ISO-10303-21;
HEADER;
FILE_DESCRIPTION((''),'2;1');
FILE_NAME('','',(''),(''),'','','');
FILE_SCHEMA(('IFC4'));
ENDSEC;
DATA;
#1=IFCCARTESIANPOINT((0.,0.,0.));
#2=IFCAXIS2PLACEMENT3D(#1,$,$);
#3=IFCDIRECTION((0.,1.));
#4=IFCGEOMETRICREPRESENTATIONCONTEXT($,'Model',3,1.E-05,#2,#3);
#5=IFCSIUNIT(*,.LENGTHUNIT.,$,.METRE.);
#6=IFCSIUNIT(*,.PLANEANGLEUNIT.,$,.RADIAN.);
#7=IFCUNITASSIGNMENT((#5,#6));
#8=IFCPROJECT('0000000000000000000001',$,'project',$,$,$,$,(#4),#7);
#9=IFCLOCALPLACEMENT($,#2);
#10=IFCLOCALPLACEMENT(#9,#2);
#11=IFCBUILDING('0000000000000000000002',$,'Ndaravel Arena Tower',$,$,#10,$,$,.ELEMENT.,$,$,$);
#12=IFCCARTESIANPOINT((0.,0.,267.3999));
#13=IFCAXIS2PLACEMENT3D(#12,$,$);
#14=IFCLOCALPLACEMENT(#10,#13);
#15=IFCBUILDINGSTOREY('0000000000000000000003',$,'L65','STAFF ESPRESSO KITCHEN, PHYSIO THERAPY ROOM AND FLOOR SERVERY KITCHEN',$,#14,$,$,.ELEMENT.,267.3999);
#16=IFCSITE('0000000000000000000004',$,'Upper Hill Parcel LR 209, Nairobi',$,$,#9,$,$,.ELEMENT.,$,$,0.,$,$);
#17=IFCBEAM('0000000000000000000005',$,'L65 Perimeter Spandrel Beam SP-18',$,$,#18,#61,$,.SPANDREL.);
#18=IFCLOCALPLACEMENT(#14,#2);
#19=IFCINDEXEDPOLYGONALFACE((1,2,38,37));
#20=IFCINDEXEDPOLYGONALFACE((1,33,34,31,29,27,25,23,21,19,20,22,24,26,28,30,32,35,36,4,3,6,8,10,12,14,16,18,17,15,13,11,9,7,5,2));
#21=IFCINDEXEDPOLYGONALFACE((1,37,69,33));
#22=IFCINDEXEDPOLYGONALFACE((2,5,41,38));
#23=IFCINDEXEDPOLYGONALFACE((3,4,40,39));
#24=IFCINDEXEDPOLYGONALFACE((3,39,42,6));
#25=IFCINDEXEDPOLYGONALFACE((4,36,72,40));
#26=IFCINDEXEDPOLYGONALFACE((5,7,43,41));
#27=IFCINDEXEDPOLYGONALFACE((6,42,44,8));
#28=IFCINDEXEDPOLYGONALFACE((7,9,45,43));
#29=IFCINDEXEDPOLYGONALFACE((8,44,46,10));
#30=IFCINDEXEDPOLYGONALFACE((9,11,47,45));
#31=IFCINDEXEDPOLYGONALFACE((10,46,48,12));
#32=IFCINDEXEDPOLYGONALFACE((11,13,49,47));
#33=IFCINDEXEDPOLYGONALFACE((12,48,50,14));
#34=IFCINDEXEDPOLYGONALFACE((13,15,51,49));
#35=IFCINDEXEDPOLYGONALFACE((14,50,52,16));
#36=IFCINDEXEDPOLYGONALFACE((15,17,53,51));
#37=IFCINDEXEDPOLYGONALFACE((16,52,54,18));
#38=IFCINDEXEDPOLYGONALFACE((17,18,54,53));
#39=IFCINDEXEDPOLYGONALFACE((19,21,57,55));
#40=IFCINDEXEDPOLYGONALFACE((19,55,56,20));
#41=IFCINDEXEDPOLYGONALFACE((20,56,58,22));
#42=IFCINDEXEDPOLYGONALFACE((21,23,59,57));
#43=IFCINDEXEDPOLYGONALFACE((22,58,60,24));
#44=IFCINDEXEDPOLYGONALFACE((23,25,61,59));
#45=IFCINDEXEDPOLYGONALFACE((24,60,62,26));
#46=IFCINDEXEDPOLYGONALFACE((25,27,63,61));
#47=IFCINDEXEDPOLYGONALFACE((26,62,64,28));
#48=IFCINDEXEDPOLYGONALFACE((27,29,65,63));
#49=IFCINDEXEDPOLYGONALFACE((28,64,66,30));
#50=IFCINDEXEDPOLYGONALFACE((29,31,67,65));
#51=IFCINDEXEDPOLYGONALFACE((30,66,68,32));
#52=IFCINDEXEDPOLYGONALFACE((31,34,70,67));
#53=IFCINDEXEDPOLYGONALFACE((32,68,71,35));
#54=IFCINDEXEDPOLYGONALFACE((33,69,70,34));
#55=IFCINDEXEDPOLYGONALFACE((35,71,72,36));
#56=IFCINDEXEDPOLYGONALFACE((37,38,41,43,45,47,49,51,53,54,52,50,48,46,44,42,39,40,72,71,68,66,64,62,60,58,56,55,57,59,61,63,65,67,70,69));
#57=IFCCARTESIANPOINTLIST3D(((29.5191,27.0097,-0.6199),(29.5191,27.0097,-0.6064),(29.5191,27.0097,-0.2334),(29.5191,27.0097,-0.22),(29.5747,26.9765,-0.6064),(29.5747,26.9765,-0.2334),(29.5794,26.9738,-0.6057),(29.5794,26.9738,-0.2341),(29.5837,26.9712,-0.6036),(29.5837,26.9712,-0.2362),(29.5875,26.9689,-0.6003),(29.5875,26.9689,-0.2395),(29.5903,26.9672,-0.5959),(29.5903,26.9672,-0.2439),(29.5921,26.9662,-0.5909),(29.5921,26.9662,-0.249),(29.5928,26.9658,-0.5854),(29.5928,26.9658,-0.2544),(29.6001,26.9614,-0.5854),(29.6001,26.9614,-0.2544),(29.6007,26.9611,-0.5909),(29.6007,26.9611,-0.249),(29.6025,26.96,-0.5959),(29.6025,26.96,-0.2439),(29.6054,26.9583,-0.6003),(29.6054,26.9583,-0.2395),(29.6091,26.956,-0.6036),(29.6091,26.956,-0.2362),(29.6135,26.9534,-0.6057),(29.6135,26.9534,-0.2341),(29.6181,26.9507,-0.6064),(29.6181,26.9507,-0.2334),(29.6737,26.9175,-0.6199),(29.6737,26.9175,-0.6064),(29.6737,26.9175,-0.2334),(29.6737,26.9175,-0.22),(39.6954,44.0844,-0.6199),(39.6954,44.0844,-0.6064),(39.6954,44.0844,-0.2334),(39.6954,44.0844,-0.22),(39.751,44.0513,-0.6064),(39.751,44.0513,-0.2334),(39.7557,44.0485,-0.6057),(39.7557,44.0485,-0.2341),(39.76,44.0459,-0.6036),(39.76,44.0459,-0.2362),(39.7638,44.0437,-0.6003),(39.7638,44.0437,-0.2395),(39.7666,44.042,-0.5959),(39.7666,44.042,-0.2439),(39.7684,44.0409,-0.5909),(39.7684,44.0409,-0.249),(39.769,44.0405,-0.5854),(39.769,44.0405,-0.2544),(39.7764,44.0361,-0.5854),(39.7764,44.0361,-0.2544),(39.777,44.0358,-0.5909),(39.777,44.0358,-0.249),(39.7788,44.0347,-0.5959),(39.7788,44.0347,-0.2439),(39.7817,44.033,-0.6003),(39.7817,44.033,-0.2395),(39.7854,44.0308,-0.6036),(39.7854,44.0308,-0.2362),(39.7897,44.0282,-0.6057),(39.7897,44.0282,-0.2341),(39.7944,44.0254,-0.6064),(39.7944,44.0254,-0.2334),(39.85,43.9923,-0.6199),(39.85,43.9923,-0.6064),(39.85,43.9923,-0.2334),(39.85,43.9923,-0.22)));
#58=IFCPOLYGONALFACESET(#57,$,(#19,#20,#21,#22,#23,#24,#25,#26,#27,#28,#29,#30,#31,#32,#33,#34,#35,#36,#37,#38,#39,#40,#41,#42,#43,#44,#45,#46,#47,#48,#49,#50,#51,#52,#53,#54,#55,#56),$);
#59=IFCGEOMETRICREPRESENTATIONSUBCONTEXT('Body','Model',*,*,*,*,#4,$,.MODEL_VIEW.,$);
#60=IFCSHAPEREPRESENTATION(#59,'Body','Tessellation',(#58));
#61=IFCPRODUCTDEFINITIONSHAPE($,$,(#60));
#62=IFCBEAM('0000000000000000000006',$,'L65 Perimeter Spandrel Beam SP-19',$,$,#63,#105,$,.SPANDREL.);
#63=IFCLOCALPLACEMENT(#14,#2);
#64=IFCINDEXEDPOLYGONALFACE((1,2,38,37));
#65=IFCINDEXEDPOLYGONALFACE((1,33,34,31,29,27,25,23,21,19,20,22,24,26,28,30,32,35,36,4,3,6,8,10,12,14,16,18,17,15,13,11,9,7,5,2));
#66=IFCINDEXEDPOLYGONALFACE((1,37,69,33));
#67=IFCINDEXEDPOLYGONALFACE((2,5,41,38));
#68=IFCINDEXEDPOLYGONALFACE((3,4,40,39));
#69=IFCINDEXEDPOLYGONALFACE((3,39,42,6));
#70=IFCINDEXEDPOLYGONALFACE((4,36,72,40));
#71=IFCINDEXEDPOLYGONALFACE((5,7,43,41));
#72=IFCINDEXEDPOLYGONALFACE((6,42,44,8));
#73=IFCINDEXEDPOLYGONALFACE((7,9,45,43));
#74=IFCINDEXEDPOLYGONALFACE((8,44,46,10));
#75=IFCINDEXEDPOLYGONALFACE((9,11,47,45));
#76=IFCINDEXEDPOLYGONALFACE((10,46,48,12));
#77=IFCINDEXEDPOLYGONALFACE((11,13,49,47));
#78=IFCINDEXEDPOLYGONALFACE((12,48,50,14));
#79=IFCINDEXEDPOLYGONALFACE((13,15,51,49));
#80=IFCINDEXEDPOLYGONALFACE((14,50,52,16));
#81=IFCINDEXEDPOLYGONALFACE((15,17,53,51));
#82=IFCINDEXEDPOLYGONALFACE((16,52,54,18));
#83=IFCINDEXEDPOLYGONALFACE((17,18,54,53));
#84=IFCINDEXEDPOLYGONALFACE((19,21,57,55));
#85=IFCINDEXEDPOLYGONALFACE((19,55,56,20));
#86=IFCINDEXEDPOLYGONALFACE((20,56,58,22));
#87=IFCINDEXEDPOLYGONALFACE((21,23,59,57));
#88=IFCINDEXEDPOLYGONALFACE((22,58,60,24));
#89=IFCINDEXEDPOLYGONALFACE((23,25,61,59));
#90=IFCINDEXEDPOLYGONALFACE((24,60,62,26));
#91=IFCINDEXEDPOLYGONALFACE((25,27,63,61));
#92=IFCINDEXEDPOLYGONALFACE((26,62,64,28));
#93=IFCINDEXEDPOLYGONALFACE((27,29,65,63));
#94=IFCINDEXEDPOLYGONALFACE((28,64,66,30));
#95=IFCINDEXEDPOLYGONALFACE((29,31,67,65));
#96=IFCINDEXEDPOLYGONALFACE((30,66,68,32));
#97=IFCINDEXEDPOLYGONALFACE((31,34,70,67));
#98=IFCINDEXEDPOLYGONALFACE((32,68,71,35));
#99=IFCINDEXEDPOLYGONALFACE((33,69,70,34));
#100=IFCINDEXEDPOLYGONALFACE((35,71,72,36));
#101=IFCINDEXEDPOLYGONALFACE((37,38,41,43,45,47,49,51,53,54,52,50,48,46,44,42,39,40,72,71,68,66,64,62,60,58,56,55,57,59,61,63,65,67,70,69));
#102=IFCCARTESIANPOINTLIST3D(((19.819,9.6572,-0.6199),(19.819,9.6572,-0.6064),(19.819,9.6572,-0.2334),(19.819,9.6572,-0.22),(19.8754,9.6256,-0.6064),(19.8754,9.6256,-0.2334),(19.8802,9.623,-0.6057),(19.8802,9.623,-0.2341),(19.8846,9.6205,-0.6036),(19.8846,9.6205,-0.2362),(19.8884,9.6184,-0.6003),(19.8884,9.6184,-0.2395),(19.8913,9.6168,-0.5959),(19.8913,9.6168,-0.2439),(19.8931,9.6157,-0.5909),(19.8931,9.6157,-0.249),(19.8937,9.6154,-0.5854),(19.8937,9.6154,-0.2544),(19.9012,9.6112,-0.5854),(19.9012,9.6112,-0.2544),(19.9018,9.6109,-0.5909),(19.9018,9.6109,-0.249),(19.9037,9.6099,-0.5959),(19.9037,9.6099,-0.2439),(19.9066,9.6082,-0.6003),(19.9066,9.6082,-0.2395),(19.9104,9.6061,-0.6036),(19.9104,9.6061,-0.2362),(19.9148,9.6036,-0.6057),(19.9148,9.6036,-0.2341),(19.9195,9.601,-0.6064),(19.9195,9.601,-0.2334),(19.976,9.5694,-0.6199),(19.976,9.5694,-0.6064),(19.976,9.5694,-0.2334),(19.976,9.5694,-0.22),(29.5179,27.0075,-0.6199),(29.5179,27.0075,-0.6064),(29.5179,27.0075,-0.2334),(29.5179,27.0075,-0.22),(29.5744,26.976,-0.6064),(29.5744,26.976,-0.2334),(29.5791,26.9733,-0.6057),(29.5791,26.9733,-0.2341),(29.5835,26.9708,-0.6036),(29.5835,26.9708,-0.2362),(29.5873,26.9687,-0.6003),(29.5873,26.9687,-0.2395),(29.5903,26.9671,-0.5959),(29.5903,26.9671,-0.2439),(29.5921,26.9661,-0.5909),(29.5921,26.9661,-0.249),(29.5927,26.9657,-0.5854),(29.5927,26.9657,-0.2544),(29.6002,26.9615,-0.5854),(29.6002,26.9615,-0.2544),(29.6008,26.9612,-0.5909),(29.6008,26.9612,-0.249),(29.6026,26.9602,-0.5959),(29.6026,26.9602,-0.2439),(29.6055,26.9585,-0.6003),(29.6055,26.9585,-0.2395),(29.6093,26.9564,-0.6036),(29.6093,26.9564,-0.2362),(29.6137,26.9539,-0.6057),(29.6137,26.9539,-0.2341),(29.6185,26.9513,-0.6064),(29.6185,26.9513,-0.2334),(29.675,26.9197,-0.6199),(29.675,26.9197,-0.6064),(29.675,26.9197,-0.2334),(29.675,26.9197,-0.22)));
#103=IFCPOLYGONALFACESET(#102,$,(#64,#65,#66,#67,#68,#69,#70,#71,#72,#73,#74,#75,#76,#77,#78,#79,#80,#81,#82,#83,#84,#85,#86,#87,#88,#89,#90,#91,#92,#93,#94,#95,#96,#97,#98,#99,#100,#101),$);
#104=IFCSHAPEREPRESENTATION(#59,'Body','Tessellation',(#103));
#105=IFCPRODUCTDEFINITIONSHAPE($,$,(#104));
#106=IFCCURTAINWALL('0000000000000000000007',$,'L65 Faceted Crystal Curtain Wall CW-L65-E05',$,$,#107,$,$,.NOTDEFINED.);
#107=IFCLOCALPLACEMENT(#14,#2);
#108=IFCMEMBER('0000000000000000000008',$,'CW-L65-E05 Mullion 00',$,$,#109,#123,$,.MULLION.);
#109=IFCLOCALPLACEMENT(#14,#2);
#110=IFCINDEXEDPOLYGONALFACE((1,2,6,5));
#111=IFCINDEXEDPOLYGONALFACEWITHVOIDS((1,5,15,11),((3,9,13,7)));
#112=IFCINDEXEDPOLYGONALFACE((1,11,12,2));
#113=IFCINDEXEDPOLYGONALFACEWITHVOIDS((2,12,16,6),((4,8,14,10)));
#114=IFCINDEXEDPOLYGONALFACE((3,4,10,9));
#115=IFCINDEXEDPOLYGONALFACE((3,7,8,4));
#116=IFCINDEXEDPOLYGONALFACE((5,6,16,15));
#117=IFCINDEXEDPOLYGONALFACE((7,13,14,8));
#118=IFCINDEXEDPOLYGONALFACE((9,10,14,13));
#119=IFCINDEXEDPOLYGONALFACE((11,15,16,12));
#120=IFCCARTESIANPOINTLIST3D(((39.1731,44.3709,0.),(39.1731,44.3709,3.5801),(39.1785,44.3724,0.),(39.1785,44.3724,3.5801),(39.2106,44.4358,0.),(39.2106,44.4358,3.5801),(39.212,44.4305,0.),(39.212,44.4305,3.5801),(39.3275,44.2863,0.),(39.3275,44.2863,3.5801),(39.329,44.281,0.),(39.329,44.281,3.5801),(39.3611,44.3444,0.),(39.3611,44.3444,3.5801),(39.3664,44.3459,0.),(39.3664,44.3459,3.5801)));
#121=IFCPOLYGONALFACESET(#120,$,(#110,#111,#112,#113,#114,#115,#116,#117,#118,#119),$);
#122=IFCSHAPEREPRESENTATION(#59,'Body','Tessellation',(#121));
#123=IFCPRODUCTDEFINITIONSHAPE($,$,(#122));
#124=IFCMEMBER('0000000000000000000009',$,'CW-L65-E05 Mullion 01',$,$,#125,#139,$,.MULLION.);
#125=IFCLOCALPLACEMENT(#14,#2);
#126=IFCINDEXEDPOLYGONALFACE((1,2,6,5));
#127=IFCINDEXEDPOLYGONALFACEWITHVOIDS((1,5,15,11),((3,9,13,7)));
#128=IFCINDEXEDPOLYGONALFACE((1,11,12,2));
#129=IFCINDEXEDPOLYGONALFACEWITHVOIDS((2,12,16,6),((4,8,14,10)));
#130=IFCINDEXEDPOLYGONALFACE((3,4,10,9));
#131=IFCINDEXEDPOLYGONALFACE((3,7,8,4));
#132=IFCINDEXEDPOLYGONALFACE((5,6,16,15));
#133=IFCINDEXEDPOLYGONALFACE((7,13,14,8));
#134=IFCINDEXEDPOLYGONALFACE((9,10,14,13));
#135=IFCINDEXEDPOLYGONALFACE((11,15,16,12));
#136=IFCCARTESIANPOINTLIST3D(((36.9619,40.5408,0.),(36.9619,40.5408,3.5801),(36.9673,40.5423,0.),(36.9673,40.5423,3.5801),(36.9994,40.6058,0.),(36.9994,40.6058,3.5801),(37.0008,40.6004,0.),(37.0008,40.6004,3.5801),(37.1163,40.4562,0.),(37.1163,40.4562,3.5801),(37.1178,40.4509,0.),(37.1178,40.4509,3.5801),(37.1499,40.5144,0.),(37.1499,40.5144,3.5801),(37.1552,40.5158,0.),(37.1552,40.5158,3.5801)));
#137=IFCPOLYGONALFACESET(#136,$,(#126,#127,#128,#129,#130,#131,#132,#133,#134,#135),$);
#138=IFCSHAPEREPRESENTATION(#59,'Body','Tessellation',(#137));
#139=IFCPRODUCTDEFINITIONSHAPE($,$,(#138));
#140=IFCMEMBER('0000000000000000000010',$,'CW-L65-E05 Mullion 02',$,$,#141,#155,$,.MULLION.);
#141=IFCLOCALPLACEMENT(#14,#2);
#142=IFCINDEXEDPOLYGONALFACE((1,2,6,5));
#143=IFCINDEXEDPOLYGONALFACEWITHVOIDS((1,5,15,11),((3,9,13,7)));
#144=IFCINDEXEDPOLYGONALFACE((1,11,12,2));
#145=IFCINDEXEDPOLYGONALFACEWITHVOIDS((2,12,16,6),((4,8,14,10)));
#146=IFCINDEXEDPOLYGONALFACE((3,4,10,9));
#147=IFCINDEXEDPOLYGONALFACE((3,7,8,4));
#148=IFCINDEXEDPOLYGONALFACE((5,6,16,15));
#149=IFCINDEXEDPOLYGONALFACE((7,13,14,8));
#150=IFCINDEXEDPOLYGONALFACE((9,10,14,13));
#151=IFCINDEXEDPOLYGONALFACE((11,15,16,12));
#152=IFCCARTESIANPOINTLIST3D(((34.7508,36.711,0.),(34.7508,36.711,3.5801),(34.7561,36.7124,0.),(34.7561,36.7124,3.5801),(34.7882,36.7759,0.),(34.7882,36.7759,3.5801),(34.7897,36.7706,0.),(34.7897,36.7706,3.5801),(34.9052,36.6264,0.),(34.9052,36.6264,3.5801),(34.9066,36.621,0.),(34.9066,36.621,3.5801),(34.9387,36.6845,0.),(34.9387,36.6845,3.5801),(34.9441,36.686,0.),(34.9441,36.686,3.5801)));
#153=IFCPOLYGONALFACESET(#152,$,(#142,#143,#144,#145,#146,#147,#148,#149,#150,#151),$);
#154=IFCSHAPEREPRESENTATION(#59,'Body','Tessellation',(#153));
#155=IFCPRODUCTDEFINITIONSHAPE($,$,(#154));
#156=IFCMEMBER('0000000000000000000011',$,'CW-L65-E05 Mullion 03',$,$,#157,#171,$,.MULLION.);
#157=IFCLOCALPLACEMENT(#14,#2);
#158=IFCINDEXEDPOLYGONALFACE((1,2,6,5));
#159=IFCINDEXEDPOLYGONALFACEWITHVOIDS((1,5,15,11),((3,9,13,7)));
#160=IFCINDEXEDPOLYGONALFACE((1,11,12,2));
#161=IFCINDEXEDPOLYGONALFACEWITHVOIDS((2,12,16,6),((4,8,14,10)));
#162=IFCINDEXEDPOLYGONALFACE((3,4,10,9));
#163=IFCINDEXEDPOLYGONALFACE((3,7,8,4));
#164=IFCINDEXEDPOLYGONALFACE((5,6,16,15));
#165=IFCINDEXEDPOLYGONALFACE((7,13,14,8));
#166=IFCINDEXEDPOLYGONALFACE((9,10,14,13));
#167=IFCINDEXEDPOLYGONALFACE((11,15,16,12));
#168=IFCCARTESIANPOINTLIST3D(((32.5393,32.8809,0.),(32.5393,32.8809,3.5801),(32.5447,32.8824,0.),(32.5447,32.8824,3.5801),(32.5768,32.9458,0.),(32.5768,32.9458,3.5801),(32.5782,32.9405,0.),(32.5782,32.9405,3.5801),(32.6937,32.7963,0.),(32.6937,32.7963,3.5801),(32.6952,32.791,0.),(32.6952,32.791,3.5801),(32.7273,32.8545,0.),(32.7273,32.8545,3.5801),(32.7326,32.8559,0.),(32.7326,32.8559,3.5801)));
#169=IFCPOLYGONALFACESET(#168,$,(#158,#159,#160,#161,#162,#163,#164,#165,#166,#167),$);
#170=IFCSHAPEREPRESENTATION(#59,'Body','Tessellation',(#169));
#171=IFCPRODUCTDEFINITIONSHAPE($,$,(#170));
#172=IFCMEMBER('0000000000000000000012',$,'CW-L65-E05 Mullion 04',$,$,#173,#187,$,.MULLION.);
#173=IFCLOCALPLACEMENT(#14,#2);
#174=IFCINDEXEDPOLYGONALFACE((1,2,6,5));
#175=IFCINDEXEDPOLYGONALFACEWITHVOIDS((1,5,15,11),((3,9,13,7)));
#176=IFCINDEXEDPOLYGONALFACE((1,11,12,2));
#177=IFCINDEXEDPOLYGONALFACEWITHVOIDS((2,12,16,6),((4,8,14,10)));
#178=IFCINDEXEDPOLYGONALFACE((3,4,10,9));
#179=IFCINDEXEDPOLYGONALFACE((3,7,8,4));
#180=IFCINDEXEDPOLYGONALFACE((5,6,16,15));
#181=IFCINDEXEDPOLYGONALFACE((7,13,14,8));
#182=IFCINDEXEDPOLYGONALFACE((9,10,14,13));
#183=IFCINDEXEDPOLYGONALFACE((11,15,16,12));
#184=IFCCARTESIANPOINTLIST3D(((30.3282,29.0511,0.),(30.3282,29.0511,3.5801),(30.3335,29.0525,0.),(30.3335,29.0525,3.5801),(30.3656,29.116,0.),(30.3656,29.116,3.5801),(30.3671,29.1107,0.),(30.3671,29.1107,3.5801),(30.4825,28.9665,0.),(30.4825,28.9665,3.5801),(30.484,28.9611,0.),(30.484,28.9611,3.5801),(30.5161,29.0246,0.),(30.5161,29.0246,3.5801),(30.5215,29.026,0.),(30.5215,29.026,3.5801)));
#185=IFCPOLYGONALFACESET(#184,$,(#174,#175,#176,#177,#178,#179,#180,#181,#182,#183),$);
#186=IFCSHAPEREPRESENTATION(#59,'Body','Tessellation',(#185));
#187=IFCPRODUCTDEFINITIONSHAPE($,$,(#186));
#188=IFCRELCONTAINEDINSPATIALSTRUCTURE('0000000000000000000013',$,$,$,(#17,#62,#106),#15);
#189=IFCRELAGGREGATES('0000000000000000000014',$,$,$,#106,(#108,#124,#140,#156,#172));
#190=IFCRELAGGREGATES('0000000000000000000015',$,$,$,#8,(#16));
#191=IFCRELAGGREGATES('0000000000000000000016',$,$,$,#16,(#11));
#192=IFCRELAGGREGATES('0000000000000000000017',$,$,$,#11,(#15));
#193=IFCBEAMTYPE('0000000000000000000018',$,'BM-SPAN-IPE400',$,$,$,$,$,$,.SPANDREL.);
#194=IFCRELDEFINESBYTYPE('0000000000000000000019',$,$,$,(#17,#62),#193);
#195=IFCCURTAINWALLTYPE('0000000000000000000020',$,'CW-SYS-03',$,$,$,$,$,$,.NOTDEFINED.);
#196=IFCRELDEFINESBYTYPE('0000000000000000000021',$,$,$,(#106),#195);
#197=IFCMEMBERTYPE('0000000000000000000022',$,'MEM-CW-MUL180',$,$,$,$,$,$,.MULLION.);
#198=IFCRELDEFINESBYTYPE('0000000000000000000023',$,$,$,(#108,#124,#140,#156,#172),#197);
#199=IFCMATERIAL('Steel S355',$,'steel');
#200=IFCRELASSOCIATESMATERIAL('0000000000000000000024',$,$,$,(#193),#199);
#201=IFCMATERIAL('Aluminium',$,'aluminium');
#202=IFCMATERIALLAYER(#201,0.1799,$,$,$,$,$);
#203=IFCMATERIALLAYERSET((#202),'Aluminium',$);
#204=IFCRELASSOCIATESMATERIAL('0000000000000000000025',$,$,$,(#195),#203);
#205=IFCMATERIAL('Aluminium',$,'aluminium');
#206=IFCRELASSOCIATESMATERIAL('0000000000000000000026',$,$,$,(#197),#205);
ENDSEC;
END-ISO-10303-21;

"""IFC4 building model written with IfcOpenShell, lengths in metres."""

from ifc_helpers import new_model, si_unit, direction, frame, origin, origin_2d, place, context, subcontext, project, spatial, hollow_rectangle, i_section, extrude, material, layer, layer_set, material_profile, profile_set, type_object, element, aggregate, save


model = new_model("IFC4")

# Units and contexts
model_context = context("Model", 3, precision=1e-05, world=origin(), true_north=direction((0.0, 1.0)))
body_context = subcontext(model_context, "Body", "Model", "MODEL_VIEW")
ifc_project = project(units=[si_unit("LENGTHUNIT", "METRE"), si_unit("PLANEANGLEUNIT", "RADIAN")], contexts=[model_context])

# Site, building, storey
site_placement = place(None, origin())
site = spatial("IfcSite", under=ifc_project, at=site_placement, Name="Upper Hill Parcel LR 209, Nairobi", CompositionType="ELEMENT", RefElevation=0.0)
building_placement = place(site_placement, origin())
building = spatial("IfcBuilding", under=site, at=building_placement, Name="Ndaravel Arena Tower", CompositionType="ELEMENT")
storey_placement = place(building_placement, frame((0.0, 0.0, 267.3999)))
storey = spatial("IfcBuildingStorey", under=building, at=storey_placement, Name="L65", Description="STAFF ESPRESSO KITCHEN, PHYSIO THERAPY ROOM AND FLOOR SERVERY KITCHEN", CompositionType="ELEMENT", Elevation=267.3999)

# Beams
ifc_material_1 = material(Name="Steel S355", Category="steel")
ifc_material_profile_1 = material_profile(ifc_material_1, i_section(OverallWidth=0.1799, OverallDepth=0.3999, WebThickness=0.0085, FlangeThickness=0.0134, FilletRadius=0.021, at=origin_2d()), Name="IPE 400")
ifc_profile_set_1 = profile_set([ifc_material_profile_1], Name="Steel S355")
beam_type_1 = type_object("IfcBeamType", Name="BM-SPAN-IPE400", PredefinedType="SPANDREL", material=ifc_profile_set_1)
for number, where, z_axis, x_axis, name in (
    (1, (39.7727, 44.0383, -0.4199), (-0.511958, -0.859011, 0.0), (0.859011, -0.511958, 0.0), "L65 Perimeter Spandrel Beam SP-18"),
    (2, (29.5964, 26.9636, -0.4199), (-0.487944, -0.872875, 0.0), (0.872875, -0.487944, 0.0), "L65 Perimeter Spandrel Beam SP-19"),
):
    element("IfcBeam", number, at=place(storey_placement, frame(where, z_axis=z_axis, x_axis=x_axis)), inside=storey, type_object=beam_type_1, Name=name, PredefinedType="SPANDREL", context=body_context, shape_type="SweptSolid", body=[
        extrude(i_section(OverallWidth=0.1799, OverallDepth=0.3999, WebThickness=0.0085, FlangeThickness=0.0134, FilletRadius=0.021, at=origin_2d()), origin(), (0.0, 0.0, 1.0), 19.8772),
    ])

# Curtain wall, members
ifc_material_2 = material(Name="Aluminium", Category="aluminium")
ifc_layer_1 = layer(ifc_material_2, 0.1799)
ifc_layer_set_1 = layer_set([ifc_layer_1], Name="Aluminium")
curtain_wall_type_1 = type_object("IfcCurtainWallType", Name="CW-SYS-03", PredefinedType="NOTDEFINED", material=ifc_layer_set_1)
curtain_wall_1_placement = place(storey_placement, origin())
curtain_wall_1 = element("IfcCurtainWall", 3, at=curtain_wall_1_placement, inside=storey, type_object=curtain_wall_type_1, Name="L65 Faceted Crystal Curtain Wall CW-L65-E05", PredefinedType="NOTDEFINED")
ifc_material_3 = material(Name="Aluminium", Category="aluminium")
ifc_material_profile_2 = material_profile(ifc_material_3, hollow_rectangle(XDim=0.075, YDim=0.1799, WallThickness=0.0039, at=origin_2d()), Name="CW MULLION 75x180x4")
ifc_profile_set_2 = profile_set([ifc_material_profile_2], Name="Aluminium")
member_type_1 = type_object("IfcMemberType", Name="MEM-CW-MUL180", PredefinedType="MULLION", material=ifc_profile_set_2)
member_1_placement = place(storey_placement, frame((39.2698, 44.3584, 0.0), z_axis=(0.0, 0.0, 1.0), x_axis=(-0.5, -0.866025, 0.0)))
member_1 = element("IfcMember", 4, at=member_1_placement, type_object=member_type_1, Name="CW-L65-E05 Mullion 00", PredefinedType="MULLION", context=body_context, shape_type="SweptSolid", body=[
    extrude(hollow_rectangle(XDim=0.075, YDim=0.1799, WallThickness=0.0039, at=origin_2d()), origin(), (0.0, 0.0, 1.0), 3.5801),
])
member_2_placement = place(storey_placement, frame((37.0586, 40.5283, 0.0), z_axis=(0.0, 0.0, 1.0), x_axis=(-0.5, -0.866025, 0.0)))
member_2 = element("IfcMember", 5, at=member_2_placement, type_object=member_type_1, Name="CW-L65-E05 Mullion 01", PredefinedType="MULLION", context=body_context, shape_type="SweptSolid", body=[
    extrude(hollow_rectangle(XDim=0.075, YDim=0.1799, WallThickness=0.0039, at=origin_2d()), origin(), (0.0, 0.0, 1.0), 3.5801),
])
member_3_placement = place(storey_placement, frame((34.8474, 36.6985, 0.0), z_axis=(0.0, 0.0, 1.0), x_axis=(-0.5, -0.866025, 0.0)))
member_3 = element("IfcMember", 6, at=member_3_placement, type_object=member_type_1, Name="CW-L65-E05 Mullion 02", PredefinedType="MULLION", context=body_context, shape_type="SweptSolid", body=[
    extrude(hollow_rectangle(XDim=0.075, YDim=0.1799, WallThickness=0.0039, at=origin_2d()), origin(), (0.0, 0.0, 1.0), 3.5801),
])
member_4_placement = place(storey_placement, frame((32.636, 32.8684, 0.0), z_axis=(0.0, 0.0, 1.0), x_axis=(-0.5, -0.866025, 0.0)))
member_4 = element("IfcMember", 7, at=member_4_placement, type_object=member_type_1, Name="CW-L65-E05 Mullion 03", PredefinedType="MULLION", context=body_context, shape_type="SweptSolid", body=[
    extrude(hollow_rectangle(XDim=0.075, YDim=0.1799, WallThickness=0.0039, at=origin_2d()), origin(), (0.0, 0.0, 1.0), 3.5801),
])
member_5_placement = place(storey_placement, frame((30.4248, 29.0386, 0.0), z_axis=(0.0, 0.0, 1.0), x_axis=(-0.5, -0.866025, 0.0)))
member_5 = element("IfcMember", 8, at=member_5_placement, type_object=member_type_1, Name="CW-L65-E05 Mullion 04", PredefinedType="MULLION", context=body_context, shape_type="SweptSolid", body=[
    extrude(hollow_rectangle(XDim=0.075, YDim=0.1799, WallThickness=0.0039, at=origin_2d()), origin(), (0.0, 0.0, 1.0), 3.5801),
])

aggregate(curtain_wall_1, [member_1, member_2, member_3, member_4, member_5])

save(model, "model.ifc")
